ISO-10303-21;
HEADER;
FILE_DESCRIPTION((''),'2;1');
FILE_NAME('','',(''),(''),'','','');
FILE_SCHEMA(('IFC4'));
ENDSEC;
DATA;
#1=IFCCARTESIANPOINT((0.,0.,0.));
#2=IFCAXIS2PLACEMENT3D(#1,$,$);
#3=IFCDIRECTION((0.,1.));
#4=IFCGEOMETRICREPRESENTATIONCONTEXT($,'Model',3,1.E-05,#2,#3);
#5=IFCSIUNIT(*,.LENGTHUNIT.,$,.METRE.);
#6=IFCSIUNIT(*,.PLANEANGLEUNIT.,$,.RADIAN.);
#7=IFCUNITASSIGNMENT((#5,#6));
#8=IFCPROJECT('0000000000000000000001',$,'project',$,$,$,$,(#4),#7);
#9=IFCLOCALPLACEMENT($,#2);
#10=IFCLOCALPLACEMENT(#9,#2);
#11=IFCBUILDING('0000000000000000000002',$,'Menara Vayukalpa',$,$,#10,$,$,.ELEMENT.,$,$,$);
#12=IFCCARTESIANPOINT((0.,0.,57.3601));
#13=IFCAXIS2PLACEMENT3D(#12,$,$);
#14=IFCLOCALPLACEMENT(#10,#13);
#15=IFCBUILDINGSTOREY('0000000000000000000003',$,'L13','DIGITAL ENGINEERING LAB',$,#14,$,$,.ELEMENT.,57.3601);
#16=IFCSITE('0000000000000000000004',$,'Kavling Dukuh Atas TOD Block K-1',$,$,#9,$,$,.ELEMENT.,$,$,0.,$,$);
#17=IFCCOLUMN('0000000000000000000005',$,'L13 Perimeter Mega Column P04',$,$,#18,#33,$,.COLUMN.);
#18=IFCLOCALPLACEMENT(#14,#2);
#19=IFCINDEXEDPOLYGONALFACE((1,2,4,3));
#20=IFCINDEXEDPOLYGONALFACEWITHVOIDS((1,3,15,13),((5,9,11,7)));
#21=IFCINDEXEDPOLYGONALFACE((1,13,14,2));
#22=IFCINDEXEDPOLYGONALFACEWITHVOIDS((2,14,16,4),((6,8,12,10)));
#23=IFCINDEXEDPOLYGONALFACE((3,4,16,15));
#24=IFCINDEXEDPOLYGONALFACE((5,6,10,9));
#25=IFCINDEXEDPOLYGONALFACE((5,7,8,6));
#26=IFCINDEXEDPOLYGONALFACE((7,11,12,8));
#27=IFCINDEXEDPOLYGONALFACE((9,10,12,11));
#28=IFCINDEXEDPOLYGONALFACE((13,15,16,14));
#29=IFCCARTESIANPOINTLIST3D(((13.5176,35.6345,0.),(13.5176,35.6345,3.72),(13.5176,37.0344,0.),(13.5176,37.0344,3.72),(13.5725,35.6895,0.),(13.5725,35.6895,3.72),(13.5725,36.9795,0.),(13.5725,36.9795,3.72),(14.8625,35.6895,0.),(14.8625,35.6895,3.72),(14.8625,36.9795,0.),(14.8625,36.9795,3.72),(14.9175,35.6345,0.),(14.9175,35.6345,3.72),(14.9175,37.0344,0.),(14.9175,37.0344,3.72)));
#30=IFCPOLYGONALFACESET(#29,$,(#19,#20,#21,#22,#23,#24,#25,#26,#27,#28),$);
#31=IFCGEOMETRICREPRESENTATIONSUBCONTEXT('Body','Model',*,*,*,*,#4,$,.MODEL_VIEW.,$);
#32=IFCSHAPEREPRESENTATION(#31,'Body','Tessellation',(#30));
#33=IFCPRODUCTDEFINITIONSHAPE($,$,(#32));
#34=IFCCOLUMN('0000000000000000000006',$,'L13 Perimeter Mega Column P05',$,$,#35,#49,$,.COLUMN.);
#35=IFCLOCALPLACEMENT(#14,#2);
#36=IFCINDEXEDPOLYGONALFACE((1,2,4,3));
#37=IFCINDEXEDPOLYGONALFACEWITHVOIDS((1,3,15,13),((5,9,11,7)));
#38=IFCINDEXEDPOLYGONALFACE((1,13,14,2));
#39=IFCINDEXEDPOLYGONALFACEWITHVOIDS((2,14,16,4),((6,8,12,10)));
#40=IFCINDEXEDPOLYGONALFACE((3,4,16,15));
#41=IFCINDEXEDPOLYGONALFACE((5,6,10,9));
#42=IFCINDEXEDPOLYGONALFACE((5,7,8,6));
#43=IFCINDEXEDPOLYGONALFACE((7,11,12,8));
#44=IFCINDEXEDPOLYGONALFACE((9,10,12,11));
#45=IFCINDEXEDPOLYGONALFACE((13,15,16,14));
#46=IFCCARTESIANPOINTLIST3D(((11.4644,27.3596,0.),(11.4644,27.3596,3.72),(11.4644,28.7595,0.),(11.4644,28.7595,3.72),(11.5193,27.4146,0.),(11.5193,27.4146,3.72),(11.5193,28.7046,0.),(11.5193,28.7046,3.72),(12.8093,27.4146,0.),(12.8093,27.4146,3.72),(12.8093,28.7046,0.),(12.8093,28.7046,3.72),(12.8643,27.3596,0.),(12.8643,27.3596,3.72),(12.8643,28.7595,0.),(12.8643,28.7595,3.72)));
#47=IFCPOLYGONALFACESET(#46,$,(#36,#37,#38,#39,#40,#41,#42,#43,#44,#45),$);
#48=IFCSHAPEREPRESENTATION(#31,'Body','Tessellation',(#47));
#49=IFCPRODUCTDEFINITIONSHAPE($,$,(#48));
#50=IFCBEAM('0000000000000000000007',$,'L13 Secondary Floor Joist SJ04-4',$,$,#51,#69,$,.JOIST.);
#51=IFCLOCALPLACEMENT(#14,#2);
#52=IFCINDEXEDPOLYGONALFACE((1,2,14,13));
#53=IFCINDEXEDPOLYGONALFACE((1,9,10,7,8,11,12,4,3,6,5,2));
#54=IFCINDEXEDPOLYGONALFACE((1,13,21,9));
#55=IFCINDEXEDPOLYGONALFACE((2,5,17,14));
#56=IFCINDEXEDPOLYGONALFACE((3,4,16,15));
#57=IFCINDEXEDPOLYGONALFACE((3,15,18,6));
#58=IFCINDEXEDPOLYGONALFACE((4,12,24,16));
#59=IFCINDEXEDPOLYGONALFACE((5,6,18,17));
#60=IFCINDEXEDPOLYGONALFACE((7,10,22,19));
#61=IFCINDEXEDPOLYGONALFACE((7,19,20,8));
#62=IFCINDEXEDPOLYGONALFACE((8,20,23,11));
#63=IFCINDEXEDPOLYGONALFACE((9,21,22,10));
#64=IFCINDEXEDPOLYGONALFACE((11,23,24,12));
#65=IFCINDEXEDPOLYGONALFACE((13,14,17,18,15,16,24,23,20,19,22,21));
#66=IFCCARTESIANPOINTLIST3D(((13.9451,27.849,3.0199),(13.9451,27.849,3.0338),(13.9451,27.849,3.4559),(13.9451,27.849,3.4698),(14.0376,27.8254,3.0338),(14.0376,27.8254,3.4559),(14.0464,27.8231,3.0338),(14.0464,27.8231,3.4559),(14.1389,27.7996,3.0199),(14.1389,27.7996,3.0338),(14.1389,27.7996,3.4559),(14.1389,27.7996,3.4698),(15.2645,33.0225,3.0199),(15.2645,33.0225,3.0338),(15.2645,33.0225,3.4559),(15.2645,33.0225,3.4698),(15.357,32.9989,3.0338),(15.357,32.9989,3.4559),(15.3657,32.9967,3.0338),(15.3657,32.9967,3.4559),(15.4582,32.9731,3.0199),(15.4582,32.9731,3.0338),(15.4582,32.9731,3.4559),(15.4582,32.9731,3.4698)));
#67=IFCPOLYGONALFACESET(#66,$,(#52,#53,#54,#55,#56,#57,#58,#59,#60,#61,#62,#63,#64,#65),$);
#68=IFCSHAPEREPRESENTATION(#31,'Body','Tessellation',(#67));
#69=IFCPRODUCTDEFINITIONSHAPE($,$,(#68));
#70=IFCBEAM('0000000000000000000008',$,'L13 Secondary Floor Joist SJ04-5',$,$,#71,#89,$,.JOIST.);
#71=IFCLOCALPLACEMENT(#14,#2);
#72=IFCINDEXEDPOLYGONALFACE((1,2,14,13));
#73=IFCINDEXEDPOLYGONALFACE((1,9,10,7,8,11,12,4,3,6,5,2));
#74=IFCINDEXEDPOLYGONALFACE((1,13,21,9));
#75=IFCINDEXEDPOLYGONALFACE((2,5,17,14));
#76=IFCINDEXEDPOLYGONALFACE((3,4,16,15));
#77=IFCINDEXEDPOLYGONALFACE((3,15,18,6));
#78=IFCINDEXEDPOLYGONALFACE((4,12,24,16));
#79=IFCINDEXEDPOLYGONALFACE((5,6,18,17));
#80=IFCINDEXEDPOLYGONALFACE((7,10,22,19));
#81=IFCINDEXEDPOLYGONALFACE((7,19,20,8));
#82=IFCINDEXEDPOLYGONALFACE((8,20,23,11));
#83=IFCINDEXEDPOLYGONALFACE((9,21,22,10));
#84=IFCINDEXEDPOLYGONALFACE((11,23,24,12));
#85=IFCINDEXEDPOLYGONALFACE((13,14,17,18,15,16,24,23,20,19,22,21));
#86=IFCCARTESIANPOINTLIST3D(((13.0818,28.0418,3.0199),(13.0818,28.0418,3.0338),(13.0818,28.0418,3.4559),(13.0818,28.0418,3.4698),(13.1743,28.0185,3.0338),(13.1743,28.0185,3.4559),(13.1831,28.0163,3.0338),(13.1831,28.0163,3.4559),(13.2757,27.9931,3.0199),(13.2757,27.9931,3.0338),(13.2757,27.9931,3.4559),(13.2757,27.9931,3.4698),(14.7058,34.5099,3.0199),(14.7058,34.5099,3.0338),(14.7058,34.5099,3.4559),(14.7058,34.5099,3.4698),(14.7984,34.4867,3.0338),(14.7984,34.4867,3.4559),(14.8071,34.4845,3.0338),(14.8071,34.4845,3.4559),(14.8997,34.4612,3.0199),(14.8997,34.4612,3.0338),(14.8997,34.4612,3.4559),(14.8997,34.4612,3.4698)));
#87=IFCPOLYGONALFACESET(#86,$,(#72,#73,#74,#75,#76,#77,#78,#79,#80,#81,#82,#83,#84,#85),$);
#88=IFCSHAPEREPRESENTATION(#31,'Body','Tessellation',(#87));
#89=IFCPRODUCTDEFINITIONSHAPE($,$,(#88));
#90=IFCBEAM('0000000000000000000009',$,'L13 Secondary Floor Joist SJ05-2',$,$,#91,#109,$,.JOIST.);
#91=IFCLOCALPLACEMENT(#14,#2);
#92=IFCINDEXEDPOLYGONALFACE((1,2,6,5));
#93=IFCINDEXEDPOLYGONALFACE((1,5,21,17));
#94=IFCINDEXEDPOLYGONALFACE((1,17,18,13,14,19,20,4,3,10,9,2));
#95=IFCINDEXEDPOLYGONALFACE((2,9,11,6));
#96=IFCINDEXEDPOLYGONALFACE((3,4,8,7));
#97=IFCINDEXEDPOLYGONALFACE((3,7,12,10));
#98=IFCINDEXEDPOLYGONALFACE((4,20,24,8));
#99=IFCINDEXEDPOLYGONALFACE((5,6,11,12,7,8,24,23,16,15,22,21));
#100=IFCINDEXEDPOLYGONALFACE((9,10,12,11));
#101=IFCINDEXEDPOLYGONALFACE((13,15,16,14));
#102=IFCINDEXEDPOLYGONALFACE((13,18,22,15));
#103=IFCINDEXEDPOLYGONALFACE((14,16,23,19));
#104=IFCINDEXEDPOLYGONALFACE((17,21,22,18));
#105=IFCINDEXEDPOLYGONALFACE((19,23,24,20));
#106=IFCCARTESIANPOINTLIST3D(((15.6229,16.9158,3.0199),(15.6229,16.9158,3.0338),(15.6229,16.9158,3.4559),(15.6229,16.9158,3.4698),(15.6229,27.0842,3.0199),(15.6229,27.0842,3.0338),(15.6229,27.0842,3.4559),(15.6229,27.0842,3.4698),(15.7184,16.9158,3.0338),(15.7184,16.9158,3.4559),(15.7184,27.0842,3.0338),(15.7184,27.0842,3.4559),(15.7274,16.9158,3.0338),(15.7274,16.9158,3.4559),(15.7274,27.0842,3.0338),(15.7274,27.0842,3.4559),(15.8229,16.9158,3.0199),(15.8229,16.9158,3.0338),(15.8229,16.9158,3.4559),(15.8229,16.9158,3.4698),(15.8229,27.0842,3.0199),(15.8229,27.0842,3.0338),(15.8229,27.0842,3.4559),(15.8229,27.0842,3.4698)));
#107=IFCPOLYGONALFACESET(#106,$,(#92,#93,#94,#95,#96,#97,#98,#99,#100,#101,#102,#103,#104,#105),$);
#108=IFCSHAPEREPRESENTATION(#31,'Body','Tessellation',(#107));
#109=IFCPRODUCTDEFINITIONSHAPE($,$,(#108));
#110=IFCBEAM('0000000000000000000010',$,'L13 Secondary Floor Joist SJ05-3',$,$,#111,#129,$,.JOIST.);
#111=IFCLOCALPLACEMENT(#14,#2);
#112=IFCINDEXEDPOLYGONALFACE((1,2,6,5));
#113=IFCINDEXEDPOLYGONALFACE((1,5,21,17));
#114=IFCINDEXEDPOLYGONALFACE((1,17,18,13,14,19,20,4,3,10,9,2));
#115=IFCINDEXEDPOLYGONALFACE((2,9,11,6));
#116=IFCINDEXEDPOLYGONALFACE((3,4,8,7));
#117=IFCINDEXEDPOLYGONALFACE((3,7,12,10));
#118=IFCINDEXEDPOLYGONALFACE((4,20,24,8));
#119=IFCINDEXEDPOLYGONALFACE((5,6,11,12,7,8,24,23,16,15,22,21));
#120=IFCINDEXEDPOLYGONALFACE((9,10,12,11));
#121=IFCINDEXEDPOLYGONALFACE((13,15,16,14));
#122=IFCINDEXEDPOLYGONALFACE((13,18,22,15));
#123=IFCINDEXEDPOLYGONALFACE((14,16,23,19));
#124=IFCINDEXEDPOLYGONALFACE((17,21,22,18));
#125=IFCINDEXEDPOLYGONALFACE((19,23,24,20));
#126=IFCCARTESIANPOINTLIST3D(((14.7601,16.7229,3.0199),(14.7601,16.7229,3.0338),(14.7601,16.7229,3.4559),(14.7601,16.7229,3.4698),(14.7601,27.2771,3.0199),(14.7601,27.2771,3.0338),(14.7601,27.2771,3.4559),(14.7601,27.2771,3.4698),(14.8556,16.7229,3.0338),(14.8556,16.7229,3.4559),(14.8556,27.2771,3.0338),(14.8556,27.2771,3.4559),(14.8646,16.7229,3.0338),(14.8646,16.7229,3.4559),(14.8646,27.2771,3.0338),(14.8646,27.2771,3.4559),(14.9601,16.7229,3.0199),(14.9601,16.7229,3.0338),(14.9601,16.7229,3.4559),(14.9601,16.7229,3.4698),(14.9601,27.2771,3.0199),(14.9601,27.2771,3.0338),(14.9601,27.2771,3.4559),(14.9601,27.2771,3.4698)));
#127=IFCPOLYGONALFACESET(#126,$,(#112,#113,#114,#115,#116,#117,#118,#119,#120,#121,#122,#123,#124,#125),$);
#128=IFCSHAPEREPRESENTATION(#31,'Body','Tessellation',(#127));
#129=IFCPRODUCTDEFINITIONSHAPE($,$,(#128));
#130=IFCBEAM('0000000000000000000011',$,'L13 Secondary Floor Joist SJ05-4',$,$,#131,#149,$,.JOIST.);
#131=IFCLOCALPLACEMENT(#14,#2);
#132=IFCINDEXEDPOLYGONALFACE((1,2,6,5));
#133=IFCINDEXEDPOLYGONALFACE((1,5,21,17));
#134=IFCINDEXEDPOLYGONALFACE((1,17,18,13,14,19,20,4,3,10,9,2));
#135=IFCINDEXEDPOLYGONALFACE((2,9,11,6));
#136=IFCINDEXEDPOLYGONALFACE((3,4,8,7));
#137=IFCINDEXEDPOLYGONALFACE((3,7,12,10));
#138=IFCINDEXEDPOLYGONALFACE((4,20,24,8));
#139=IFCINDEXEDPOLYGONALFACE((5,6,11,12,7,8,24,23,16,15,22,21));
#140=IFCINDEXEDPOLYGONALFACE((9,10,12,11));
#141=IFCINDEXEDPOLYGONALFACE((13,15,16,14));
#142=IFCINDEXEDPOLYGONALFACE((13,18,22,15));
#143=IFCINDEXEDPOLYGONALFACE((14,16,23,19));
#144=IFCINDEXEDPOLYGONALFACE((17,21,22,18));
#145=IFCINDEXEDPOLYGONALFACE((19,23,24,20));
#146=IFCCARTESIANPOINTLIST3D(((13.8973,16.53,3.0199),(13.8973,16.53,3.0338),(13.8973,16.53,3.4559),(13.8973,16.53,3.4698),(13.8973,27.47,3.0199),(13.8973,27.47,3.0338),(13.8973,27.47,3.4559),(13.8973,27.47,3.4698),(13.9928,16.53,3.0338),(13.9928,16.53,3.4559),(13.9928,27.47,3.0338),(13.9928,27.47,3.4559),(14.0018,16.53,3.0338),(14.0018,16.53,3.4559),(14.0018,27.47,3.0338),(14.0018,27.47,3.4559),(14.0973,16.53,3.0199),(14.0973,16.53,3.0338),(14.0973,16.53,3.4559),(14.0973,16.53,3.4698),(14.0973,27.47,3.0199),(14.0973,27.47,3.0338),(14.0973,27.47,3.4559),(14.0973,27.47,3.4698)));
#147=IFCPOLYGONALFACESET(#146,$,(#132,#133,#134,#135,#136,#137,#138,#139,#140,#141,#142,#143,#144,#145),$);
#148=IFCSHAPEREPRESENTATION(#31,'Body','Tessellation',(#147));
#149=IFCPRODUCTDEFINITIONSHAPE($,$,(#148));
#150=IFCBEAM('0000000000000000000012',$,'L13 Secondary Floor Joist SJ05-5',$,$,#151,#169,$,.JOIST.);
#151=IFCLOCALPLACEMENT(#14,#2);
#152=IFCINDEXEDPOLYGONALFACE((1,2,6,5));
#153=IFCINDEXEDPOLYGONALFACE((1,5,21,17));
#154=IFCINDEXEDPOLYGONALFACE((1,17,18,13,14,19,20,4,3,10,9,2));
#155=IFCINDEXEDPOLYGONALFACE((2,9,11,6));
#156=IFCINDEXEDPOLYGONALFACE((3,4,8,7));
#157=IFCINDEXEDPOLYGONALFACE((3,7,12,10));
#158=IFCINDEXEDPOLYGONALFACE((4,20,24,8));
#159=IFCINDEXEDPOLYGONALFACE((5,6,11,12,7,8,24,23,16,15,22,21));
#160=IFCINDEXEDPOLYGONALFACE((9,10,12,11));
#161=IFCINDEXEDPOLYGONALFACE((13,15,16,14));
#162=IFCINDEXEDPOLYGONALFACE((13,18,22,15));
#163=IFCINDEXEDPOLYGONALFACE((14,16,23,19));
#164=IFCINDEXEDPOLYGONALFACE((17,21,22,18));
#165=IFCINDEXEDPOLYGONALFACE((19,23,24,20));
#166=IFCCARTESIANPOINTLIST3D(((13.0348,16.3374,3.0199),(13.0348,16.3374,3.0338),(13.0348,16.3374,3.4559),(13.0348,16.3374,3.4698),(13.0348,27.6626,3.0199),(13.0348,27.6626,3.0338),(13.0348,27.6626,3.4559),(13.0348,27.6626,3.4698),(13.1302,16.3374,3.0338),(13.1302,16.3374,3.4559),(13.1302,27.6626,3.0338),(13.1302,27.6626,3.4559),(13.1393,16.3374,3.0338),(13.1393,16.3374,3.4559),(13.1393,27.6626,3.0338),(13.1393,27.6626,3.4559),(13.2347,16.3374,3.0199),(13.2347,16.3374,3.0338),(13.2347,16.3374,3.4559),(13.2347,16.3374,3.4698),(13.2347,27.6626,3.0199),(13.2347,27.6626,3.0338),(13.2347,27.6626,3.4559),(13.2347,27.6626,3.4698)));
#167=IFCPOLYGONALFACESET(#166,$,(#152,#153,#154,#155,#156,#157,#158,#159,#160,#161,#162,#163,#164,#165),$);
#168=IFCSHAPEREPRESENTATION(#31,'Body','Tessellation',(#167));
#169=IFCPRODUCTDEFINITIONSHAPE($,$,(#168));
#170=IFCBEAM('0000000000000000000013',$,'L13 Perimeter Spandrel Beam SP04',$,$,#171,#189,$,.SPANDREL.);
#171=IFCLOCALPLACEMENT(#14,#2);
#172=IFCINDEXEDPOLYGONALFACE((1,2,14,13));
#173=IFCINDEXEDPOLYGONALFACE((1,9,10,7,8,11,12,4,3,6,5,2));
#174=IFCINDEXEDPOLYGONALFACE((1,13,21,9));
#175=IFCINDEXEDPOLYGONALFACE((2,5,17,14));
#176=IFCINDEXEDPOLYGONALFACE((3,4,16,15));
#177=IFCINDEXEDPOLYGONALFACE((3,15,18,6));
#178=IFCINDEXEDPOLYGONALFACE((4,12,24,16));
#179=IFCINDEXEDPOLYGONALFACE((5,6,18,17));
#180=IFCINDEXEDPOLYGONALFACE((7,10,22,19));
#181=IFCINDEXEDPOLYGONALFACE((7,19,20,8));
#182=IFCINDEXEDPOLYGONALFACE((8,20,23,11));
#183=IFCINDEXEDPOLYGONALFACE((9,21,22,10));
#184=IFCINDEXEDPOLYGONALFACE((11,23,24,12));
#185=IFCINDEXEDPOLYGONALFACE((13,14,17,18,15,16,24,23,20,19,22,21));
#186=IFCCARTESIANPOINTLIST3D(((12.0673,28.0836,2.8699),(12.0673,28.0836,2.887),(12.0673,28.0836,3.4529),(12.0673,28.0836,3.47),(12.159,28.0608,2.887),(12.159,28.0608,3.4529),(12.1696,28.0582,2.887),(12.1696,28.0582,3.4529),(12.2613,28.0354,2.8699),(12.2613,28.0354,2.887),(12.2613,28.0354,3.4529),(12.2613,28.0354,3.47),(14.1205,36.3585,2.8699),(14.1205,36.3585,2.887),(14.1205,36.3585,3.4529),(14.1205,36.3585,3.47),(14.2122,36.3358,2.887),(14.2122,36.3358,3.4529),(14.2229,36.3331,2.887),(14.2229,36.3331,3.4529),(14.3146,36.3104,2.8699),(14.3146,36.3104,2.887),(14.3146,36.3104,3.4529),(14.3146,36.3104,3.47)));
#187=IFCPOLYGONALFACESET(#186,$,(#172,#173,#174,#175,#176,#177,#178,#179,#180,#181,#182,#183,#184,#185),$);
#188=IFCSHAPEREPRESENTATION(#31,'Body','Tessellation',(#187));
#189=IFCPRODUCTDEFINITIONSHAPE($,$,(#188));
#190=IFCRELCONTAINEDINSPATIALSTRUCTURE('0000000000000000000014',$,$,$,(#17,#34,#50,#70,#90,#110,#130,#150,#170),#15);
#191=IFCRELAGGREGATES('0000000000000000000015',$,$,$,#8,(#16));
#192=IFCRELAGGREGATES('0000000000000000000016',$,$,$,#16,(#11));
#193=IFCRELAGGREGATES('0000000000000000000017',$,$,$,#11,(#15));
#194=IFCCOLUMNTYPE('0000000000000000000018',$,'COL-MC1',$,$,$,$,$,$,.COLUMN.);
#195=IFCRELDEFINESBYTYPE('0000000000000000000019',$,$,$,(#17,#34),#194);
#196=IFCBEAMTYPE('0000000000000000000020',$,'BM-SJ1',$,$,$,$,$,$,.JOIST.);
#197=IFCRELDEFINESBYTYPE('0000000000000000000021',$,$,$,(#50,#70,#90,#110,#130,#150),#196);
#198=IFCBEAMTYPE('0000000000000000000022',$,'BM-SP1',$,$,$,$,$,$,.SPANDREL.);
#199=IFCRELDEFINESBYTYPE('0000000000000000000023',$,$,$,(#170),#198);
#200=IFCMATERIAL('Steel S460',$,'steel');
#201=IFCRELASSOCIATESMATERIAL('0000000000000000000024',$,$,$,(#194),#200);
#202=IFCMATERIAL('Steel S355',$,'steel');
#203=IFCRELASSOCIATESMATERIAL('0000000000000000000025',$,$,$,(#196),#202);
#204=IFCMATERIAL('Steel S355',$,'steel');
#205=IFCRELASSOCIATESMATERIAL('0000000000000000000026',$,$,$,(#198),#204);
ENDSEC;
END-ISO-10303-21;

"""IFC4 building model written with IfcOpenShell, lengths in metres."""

from ifc_helpers import new_model, si_unit, direction, frame, origin, origin_2d, place, context, subcontext, project, spatial, hollow_rectangle, i_section, extrude, material, material_profile, profile_set, type_object, element, save


model = new_model("IFC4")

# Units and contexts
model_context = context("Model", 3, precision=1e-05, world=origin(), true_north=direction((0.0, 1.0)))
body_context = subcontext(model_context, "Body", "Model", "MODEL_VIEW")
ifc_project = project(units=[si_unit("LENGTHUNIT", "METRE"), si_unit("PLANEANGLEUNIT", "RADIAN")], contexts=[model_context])

# Site, building, storey
site_placement = place(None, origin())
site = spatial("IfcSite", under=ifc_project, at=site_placement, Name="Kavling Dukuh Atas TOD Block K-1", CompositionType="ELEMENT", RefElevation=0.0)
building_placement = place(site_placement, origin())
building = spatial("IfcBuilding", under=site, at=building_placement, Name="Menara Vayukalpa", CompositionType="ELEMENT")
storey_placement = place(building_placement, frame((0.0, 0.0, 57.3601)))
storey = spatial("IfcBuildingStorey", under=building, at=storey_placement, Name="L13", Description="DIGITAL ENGINEERING LAB", CompositionType="ELEMENT", Elevation=57.3601)

# Columns
ifc_material_1 = material(Name="Steel S460", Category="steel")
ifc_material_profile_1 = material_profile(ifc_material_1, hollow_rectangle(XDim=1.3999, YDim=1.3999, WallThickness=0.0549, at=origin_2d()), Name="BOX 1400x1400x55")
ifc_profile_set_1 = profile_set([ifc_material_profile_1], Name="Steel S460")
column_type = type_object("IfcColumnType", Name="COL-MC1", PredefinedType="COLUMN", material=ifc_profile_set_1)
for number, where, z_axis, x_axis, name in (
    (1, (14.2175, 36.3345, 0.0), (0.0, 0.0, 1.0), (1.0, 0.0, 0.0), "L13 Perimeter Mega Column P04"),
    (2, (12.1643, 28.0596, 0.0), (0.0, 0.0, 1.0), (1.0, 0.0, 0.0), "L13 Perimeter Mega Column P05"),
):
    element("IfcColumn", number, at=place(storey_placement, frame(where, z_axis=z_axis, x_axis=x_axis)), inside=storey, type_object=column_type, Name=name, PredefinedType="COLUMN", context=body_context, shape_type="SweptSolid", body=[
        extrude(hollow_rectangle(XDim=1.3999, YDim=1.3999, WallThickness=0.0549, at=origin_2d()), origin(), (0.0, 0.0, 1.0), 3.72),
    ])

# Beams
ifc_material_2 = material(Name="Steel S355", Category="steel")
ifc_material_profile_2 = material_profile(ifc_material_2, i_section(OverallWidth=0.2, OverallDepth=0.45, WebThickness=0.009, FlangeThickness=0.0139, at=origin_2d()), Name="WF 450x200x9x14")
ifc_profile_set_2 = profile_set([ifc_material_profile_2], Name="Steel S355")
beam_type_1 = type_object("IfcBeamType", Name="BM-SJ1", PredefinedType="JOIST", material=ifc_profile_set_2)
beam_1_placement = place(storey_placement, frame((15.3613, 32.9978, 3.2449), z_axis=(-0.247106, -0.968989, 0.0), x_axis=(0.968989, -0.247106, 0.0)))
element("IfcBeam", 3, at=beam_1_placement, inside=storey, type_object=beam_type_1, Name="L13 Secondary Floor Joist SJ04-4", PredefinedType="JOIST", context=body_context, shape_type="SweptSolid", body=[
    extrude(i_section(OverallWidth=0.2, OverallDepth=0.45, WebThickness=0.009, FlangeThickness=0.0139, at=origin_2d()), origin(), (0.0, 0.0, 1.0), 5.3391),
])
beam_2_placement = place(storey_placement, frame((14.8027, 34.4856, 3.2449), z_axis=(-0.243517, -0.969897, 0.0), x_axis=(0.969897, -0.243517, 0.0)))
element("IfcBeam", 4, at=beam_2_placement, inside=storey, type_object=beam_type_1, Name="L13 Secondary Floor Joist SJ04-5", PredefinedType="JOIST", context=body_context, shape_type="SweptSolid", body=[
    extrude(i_section(OverallWidth=0.2, OverallDepth=0.45, WebThickness=0.009, FlangeThickness=0.0139, at=origin_2d()), origin(), (0.0, 0.0, 1.0), 6.6689),
])
beam_3_placement = place(storey_placement, frame((15.7229, 27.0842, 3.2449), z_axis=(0.0, -1.0, 0.0), x_axis=(1.0, 0.0, 0.0)))
element("IfcBeam", 5, at=beam_3_placement, inside=storey, type_object=beam_type_1, Name="L13 Secondary Floor Joist SJ05-2", PredefinedType="JOIST", context=body_context, shape_type="SweptSolid", body=[
    extrude(i_section(OverallWidth=0.2, OverallDepth=0.45, WebThickness=0.009, FlangeThickness=0.0139, at=origin_2d()), origin(), (0.0, 0.0, 1.0), 10.1685),
])
beam_4_placement = place(storey_placement, frame((14.8601, 27.2771, 3.2449), z_axis=(0.0, -1.0, 0.0), x_axis=(1.0, 0.0, 0.0)))
element("IfcBeam", 6, at=beam_4_placement, inside=storey, type_object=beam_type_1, Name="L13 Secondary Floor Joist SJ05-3", PredefinedType="JOIST", context=body_context, shape_type="SweptSolid", body=[
    extrude(i_section(OverallWidth=0.2, OverallDepth=0.45, WebThickness=0.009, FlangeThickness=0.0139, at=origin_2d()), origin(), (0.0, 0.0, 1.0), 10.5542),
])
beam_5_placement = place(storey_placement, frame((13.9973, 27.47, 3.2449), z_axis=(0.0, -1.0, 0.0), x_axis=(1.0, 0.0, 0.0)))
element("IfcBeam", 7, at=beam_5_placement, inside=storey, type_object=beam_type_1, Name="L13 Secondary Floor Joist SJ05-4", PredefinedType="JOIST", context=body_context, shape_type="SweptSolid", body=[
    extrude(i_section(OverallWidth=0.2, OverallDepth=0.45, WebThickness=0.009, FlangeThickness=0.0139, at=origin_2d()), origin(), (0.0, 0.0, 1.0), 10.9399),
])
beam_6_placement = place(storey_placement, frame((13.1348, 27.6626, 3.2449), z_axis=(0.0, -1.0, 0.0), x_axis=(1.0, 0.0, 0.0)))
element("IfcBeam", 8, at=beam_6_placement, inside=storey, type_object=beam_type_1, Name="L13 Secondary Floor Joist SJ05-5", PredefinedType="JOIST", context=body_context, shape_type="SweptSolid", body=[
    extrude(i_section(OverallWidth=0.2, OverallDepth=0.45, WebThickness=0.009, FlangeThickness=0.0139, at=origin_2d()), origin(), (0.0, 0.0, 1.0), 11.3252),
])
ifc_material_3 = material(Name="Steel S355", Category="steel")
ifc_material_profile_3 = material_profile(ifc_material_3, i_section(OverallWidth=0.2, OverallDepth=0.6001, WebThickness=0.011, FlangeThickness=0.0171, at=origin_2d()), Name="WF 600x200x11x17")
ifc_profile_set_3 = profile_set([ifc_material_profile_3], Name="Steel S355")
beam_type_2 = type_object("IfcBeamType", Name="BM-SP1", PredefinedType="SPANDREL", material=ifc_profile_set_3)
beam_7_placement = place(storey_placement, frame((14.2175, 36.3345, 3.1699), z_axis=(-0.240824, -0.970569, 0.0), x_axis=(0.970569, -0.240824, 0.0)))
element("IfcBeam", 9, at=beam_7_placement, inside=storey, type_object=beam_type_2, Name="L13 Perimeter Spandrel Beam SP04", PredefinedType="SPANDREL", context=body_context, shape_type="SweptSolid", body=[
    extrude(i_section(OverallWidth=0.2, OverallDepth=0.6001, WebThickness=0.011, FlangeThickness=0.0171, at=origin_2d()), origin(), (0.0, 0.0, 1.0), 8.5259),
])

save(model, "model.ifc")
